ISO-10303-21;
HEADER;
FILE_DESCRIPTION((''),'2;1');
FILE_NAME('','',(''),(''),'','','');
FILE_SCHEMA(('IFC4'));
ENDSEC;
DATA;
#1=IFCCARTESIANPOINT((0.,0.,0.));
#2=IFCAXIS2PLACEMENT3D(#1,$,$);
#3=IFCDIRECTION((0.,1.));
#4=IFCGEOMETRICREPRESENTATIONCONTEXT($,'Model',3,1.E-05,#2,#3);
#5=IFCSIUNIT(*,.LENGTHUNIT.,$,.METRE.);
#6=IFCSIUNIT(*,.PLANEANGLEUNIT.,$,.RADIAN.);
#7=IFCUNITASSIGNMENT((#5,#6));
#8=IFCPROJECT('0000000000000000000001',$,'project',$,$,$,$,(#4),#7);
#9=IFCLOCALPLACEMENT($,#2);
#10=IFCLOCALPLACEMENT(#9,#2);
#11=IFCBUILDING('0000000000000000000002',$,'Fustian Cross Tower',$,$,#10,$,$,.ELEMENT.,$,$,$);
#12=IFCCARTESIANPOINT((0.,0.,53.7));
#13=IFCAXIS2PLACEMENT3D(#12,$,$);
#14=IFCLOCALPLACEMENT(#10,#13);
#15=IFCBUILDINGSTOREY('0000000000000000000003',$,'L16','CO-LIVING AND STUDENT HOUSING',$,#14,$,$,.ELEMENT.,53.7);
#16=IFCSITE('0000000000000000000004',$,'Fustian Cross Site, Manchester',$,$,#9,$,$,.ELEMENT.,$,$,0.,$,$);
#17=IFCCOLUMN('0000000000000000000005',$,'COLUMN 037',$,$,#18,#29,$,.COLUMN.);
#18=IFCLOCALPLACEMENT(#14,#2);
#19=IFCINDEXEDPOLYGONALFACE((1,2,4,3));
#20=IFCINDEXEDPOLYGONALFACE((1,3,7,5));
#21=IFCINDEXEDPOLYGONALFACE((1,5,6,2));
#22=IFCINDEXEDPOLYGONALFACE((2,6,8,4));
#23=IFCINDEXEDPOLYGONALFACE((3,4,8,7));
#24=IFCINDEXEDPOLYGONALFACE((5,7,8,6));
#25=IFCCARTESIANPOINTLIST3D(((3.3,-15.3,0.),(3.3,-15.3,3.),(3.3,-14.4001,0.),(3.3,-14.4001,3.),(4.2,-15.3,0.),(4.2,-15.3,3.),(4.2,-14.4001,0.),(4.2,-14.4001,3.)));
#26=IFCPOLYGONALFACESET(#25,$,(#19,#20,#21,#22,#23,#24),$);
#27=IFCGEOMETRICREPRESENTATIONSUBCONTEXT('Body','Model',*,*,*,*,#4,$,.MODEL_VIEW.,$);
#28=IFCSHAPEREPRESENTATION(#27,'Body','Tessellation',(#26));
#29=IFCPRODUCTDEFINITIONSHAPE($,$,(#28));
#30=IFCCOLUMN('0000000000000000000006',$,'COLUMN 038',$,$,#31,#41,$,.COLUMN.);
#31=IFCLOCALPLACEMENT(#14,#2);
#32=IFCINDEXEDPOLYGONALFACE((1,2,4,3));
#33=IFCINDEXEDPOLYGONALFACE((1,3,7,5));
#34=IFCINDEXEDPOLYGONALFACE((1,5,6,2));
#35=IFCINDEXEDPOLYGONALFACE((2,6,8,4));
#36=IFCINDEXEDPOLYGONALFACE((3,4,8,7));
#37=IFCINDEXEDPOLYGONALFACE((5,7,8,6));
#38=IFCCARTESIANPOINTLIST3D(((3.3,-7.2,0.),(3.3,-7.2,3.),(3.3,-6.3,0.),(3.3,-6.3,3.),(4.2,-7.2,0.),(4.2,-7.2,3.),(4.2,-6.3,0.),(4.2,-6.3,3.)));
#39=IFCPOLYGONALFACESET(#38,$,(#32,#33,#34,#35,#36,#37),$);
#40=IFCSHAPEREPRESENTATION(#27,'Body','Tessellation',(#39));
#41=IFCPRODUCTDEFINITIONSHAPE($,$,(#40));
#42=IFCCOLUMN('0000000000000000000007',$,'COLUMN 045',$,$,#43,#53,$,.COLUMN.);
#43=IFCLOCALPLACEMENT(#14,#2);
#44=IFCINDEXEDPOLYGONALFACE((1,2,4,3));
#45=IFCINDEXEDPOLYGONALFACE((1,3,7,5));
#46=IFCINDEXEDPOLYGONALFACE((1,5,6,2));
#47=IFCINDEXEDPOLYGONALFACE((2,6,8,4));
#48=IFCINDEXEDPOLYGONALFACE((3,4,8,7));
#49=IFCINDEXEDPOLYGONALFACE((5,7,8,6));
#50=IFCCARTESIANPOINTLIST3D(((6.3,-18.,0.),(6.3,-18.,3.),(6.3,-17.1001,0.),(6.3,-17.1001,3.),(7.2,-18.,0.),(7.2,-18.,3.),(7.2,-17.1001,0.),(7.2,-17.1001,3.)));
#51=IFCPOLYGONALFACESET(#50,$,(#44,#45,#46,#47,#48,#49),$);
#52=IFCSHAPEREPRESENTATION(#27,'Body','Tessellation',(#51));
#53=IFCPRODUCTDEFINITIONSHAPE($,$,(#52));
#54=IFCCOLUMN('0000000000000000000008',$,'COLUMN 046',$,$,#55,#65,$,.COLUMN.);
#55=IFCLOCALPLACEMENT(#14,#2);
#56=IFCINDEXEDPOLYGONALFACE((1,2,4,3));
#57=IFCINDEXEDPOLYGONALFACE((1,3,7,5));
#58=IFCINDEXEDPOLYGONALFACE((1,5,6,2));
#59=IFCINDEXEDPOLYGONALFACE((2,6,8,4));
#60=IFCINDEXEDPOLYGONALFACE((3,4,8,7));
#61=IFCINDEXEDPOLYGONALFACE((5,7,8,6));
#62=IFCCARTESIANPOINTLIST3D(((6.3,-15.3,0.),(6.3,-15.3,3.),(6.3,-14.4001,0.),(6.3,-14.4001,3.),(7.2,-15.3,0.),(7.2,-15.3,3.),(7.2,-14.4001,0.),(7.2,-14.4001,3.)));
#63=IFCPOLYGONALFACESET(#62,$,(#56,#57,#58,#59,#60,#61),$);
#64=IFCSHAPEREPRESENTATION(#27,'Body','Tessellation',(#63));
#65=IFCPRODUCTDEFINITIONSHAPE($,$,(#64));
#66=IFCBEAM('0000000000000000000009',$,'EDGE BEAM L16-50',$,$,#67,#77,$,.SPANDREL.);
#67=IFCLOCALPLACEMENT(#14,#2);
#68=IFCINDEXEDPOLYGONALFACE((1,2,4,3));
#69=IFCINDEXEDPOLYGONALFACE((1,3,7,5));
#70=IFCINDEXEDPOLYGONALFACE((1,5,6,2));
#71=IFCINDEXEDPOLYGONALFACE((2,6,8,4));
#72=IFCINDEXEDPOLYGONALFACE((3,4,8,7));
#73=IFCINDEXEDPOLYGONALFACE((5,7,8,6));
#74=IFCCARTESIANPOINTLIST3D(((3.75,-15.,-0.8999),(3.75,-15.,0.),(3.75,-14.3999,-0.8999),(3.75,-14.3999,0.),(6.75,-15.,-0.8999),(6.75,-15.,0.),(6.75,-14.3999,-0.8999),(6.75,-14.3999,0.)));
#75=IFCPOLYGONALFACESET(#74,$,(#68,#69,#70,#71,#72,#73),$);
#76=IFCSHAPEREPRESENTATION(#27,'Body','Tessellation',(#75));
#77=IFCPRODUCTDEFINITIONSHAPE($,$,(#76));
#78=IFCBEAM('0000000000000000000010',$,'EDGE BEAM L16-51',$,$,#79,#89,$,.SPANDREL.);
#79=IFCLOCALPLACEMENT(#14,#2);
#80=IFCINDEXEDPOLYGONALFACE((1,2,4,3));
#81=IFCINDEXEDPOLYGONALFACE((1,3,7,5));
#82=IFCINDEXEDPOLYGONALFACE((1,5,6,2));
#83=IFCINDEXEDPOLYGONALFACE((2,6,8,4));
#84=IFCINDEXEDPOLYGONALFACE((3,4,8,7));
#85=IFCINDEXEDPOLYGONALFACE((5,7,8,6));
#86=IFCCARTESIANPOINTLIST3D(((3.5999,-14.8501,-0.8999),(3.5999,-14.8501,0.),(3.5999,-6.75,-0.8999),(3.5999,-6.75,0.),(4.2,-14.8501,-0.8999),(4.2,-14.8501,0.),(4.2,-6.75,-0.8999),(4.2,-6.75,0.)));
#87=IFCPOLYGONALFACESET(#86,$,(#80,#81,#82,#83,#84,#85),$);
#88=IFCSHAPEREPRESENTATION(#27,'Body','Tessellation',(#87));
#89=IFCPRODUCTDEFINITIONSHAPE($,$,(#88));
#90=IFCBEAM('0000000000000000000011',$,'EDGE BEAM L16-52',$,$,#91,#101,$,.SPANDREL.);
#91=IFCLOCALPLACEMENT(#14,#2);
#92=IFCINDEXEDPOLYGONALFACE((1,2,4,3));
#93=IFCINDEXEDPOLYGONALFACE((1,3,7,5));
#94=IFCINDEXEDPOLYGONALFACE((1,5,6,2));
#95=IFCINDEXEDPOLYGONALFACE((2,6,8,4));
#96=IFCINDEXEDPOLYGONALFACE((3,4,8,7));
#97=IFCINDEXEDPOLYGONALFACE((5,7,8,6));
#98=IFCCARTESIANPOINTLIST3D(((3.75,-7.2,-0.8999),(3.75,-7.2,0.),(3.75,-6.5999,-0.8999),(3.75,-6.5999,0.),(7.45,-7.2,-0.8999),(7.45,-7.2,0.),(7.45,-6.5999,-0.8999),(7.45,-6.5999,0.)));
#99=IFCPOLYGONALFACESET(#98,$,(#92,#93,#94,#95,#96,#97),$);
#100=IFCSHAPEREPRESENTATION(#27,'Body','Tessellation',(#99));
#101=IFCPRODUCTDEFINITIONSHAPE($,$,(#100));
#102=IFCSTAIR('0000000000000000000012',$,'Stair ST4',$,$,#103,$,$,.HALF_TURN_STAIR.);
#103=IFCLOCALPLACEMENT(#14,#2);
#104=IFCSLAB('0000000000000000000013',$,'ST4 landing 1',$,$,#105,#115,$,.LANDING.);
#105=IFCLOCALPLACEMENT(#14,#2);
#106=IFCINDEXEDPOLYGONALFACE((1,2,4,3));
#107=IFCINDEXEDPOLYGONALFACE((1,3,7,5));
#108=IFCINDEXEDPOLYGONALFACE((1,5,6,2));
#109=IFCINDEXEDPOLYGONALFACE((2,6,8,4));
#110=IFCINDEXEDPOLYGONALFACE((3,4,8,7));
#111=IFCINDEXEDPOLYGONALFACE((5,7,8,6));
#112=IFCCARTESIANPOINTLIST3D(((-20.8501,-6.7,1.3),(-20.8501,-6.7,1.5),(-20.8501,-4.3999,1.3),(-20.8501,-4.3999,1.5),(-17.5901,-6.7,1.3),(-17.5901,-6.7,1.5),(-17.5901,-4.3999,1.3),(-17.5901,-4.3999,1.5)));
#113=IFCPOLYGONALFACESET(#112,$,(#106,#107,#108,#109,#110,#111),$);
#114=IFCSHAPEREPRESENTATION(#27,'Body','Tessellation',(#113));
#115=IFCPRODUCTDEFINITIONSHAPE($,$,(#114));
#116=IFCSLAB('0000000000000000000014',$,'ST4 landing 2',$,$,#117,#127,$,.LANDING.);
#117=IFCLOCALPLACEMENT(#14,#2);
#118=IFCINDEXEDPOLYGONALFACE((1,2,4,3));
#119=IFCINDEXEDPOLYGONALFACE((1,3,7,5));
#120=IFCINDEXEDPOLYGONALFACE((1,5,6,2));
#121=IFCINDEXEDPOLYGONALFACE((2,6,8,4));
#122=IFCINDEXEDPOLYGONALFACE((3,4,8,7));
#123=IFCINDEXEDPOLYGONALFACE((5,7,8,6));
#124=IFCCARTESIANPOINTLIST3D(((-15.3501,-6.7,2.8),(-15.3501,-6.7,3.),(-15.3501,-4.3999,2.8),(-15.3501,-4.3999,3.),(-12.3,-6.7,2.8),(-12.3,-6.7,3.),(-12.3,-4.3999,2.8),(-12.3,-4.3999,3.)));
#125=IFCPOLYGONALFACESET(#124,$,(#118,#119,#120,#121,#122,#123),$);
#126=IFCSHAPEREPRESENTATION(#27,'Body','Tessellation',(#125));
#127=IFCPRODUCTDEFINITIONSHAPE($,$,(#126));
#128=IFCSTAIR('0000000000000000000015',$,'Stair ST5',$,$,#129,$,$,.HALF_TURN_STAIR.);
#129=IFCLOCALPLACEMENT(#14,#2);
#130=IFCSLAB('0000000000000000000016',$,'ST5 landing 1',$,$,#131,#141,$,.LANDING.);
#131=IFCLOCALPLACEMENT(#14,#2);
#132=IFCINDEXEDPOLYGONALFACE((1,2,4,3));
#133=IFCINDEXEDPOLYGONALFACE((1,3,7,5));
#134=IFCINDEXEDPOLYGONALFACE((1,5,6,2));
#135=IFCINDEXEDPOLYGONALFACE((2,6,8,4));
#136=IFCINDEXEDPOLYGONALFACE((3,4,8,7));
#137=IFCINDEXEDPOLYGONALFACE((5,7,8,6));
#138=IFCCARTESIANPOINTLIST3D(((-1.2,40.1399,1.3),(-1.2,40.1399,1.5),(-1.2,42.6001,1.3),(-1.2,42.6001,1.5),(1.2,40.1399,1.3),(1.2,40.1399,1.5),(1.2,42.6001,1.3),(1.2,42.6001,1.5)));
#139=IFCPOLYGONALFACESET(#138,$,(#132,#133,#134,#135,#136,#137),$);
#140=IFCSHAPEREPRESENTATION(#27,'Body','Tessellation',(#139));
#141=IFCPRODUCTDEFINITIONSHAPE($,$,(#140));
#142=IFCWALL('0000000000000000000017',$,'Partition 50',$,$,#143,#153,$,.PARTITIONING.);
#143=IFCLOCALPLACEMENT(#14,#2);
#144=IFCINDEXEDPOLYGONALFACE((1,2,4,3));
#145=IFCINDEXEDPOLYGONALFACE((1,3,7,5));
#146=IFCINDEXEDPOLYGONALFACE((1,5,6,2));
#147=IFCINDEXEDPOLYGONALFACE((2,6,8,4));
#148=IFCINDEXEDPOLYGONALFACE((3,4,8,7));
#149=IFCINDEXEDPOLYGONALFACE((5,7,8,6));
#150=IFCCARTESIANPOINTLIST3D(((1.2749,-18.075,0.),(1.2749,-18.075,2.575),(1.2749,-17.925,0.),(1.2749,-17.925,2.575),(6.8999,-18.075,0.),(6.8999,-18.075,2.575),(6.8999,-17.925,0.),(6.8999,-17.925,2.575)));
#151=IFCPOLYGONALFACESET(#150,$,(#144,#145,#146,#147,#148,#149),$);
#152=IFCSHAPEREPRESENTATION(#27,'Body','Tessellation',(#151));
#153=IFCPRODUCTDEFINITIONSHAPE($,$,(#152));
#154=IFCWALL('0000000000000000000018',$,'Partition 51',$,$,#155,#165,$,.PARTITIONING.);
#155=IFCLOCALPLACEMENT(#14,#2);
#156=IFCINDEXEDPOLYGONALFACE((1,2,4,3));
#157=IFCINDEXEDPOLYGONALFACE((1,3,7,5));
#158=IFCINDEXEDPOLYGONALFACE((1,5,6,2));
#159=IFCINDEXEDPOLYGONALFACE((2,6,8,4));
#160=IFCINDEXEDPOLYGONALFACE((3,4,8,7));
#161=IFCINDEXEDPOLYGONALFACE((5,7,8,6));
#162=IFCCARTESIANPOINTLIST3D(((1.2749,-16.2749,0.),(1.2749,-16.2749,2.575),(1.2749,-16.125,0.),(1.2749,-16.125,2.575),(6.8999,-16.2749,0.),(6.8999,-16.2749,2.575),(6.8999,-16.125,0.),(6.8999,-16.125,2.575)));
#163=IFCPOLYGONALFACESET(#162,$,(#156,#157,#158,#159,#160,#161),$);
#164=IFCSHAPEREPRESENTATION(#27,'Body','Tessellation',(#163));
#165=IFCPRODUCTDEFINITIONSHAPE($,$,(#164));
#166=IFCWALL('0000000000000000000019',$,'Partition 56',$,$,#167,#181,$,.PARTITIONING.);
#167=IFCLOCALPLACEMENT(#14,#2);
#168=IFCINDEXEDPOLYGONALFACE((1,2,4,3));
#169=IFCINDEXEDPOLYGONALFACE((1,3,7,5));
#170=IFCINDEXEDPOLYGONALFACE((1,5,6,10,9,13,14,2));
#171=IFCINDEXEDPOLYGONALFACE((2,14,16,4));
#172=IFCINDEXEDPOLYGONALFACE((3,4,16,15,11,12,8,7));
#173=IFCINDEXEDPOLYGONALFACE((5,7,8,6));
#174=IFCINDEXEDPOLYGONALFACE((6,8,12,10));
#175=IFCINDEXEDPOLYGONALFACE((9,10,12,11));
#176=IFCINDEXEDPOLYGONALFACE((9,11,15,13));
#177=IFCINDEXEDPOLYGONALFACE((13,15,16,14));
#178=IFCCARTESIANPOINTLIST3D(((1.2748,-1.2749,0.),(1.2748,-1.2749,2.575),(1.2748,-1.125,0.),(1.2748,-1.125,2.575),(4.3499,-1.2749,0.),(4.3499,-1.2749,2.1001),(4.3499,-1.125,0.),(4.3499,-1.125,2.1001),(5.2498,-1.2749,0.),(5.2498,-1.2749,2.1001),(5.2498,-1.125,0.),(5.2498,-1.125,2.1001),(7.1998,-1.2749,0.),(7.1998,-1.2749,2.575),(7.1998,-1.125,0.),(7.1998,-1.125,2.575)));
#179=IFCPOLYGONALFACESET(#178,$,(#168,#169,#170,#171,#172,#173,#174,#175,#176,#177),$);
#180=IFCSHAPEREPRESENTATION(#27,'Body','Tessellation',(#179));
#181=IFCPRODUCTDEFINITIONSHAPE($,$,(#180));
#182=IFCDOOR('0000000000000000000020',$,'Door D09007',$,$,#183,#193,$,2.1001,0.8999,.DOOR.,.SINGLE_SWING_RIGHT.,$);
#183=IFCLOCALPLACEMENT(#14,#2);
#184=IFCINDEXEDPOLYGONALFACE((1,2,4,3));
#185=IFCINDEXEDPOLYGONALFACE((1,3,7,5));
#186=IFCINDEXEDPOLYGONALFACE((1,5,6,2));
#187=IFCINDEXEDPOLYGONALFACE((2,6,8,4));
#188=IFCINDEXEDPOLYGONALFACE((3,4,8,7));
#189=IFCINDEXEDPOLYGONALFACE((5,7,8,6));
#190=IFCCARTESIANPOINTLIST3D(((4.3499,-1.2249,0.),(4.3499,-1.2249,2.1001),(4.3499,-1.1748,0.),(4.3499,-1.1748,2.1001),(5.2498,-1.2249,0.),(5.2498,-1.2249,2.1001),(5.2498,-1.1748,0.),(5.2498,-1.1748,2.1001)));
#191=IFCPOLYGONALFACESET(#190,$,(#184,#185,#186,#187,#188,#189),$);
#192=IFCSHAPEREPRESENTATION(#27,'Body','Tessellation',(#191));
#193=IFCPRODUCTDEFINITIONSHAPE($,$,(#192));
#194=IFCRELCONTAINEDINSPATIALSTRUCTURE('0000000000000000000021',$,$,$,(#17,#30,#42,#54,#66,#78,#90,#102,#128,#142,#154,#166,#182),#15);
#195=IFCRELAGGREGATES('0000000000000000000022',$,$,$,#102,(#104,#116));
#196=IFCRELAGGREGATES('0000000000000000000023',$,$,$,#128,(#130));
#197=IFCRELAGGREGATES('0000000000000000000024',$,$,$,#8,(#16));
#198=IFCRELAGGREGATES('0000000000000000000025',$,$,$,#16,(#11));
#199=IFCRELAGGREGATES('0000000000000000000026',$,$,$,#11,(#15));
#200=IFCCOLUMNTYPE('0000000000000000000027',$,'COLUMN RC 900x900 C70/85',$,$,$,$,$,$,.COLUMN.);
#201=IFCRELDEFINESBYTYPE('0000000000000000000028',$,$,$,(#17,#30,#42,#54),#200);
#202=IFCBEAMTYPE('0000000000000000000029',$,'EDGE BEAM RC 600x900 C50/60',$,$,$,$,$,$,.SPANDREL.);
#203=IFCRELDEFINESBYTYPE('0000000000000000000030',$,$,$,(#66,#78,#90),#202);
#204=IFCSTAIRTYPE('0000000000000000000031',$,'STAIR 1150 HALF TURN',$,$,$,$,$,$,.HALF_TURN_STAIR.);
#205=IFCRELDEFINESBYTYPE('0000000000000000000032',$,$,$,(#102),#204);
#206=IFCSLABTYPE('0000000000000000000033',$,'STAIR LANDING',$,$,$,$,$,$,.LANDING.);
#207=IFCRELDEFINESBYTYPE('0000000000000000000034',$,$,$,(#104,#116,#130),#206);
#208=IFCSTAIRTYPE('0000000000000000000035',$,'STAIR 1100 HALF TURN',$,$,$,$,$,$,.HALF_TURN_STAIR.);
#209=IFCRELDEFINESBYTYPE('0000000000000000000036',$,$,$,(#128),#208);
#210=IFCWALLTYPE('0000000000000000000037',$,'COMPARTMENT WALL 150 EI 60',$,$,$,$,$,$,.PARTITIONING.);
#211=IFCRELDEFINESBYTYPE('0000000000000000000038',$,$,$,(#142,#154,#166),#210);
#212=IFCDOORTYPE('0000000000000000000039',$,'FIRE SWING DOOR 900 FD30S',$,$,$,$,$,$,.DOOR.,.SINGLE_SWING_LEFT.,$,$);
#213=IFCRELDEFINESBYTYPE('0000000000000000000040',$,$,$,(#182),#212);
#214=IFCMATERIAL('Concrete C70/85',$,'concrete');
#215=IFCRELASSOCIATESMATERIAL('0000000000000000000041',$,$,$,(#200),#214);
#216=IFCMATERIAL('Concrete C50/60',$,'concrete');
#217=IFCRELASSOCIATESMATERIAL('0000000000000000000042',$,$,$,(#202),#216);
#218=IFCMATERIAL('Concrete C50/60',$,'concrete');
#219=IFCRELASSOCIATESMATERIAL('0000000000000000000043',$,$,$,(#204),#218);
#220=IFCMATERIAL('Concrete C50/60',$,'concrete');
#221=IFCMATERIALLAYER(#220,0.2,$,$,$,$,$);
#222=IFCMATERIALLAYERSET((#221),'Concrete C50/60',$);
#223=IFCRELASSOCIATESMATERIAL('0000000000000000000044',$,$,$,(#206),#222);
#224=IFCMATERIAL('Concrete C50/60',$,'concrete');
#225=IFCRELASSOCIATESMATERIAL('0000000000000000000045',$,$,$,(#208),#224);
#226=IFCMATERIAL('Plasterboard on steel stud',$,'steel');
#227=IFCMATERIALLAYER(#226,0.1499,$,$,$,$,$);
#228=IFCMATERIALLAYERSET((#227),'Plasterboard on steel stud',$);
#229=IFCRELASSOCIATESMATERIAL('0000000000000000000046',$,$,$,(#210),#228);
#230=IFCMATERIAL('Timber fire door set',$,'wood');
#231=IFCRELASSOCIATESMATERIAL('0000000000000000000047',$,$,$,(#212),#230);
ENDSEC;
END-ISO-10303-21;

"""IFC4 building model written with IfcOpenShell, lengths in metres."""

from ifc_helpers import new_model, si_unit, direction, frame, frame_2d, origin, origin_2d, place, context, subcontext, project, spatial, polyline, rectangle, outline, extrude, material, layer, layer_set, material_profile, profile_set, type_object, element, fill, aggregate, save


model = new_model("IFC4")

# Units and contexts
model_context = context("Model", 3, precision=1e-05, world=origin(), true_north=direction((0.0, 1.0)))
body_context = subcontext(model_context, "Body", "Model", "MODEL_VIEW")
ifc_project = project(units=[si_unit("LENGTHUNIT", "METRE"), si_unit("PLANEANGLEUNIT", "RADIAN")], contexts=[model_context])

# Site, building, storey
site_placement = place(None, origin())
site = spatial("IfcSite", under=ifc_project, at=site_placement, Name="Fustian Cross Site, Manchester", CompositionType="ELEMENT", RefElevation=0.0)
building_placement = place(site_placement, origin())
building = spatial("IfcBuilding", under=site, at=building_placement, Name="Fustian Cross Tower", CompositionType="ELEMENT")
storey_placement = place(building_placement, frame((0.0, 0.0, 53.7)))
storey = spatial("IfcBuildingStorey", under=building, at=storey_placement, Name="L16", Description="CO-LIVING AND STUDENT HOUSING", CompositionType="ELEMENT", Elevation=53.7)

# Columns
ifc_material_1 = material(Name="Concrete C70/85", Category="concrete")
ifc_material_profile_1 = material_profile(ifc_material_1, rectangle(XDim=0.8999, YDim=0.8999, at=origin_2d()), Name="RC 900x900")
ifc_profile_set_1 = profile_set([ifc_material_profile_1], Name="Concrete C70/85")
column_type = type_object("IfcColumnType", Name="COLUMN RC 900x900 C70/85", PredefinedType="COLUMN", material=ifc_profile_set_1)
for number, where, z_axis, x_axis, name in (
    (1, (3.75, -14.8501, 0.0), (0.0, 0.0, 1.0), (1.0, 0.0, 0.0), "COLUMN 037"),
    (2, (3.75, -6.75, 0.0), (0.0, 0.0, 1.0), (1.0, 0.0, 0.0), "COLUMN 038"),
    (3, (6.75, -17.55, 0.0), (0.0, 0.0, 1.0), (1.0, 0.0, 0.0), "COLUMN 045"),
    (4, (6.75, -14.8501, 0.0), (0.0, 0.0, 1.0), (1.0, 0.0, 0.0), "COLUMN 046"),
):
    element("IfcColumn", number, at=place(storey_placement, frame(where, z_axis=z_axis, x_axis=x_axis)), inside=storey, type_object=column_type, Name=name, PredefinedType="COLUMN", context=body_context, shape_type="SweptSolid", body=[
        extrude(rectangle(XDim=0.8999, YDim=0.8999, at=origin_2d()), origin(), (0.0, 0.0, 1.0), 3.0),
    ])

# Beams
ifc_material_2 = material(Name="Concrete C50/60", Category="concrete")
ifc_material_profile_2 = material_profile(ifc_material_2, rectangle(XDim=0.6001, YDim=0.8999, at=origin_2d()), Name="RC 600x900")
ifc_profile_set_2 = profile_set([ifc_material_profile_2], Name="Concrete C50/60")
beam_type = type_object("IfcBeamType", Name="EDGE BEAM RC 600x900 C50/60", PredefinedType="SPANDREL", material=ifc_profile_set_2)
beam_1_placement = place(storey_placement, frame((6.75, -14.7, -0.45), z_axis=(-1.0, 0.0, 0.0), x_axis=(0.0, -1.0, 0.0)))
element("IfcBeam", 5, at=beam_1_placement, inside=storey, type_object=beam_type, Name="EDGE BEAM L16-50", PredefinedType="SPANDREL", context=body_context, shape_type="SweptSolid", body=[
    extrude(rectangle(XDim=0.6001, YDim=0.8999, at=origin_2d()), origin(), (0.0, 0.0, 1.0), 3.0),
])
beam_2_placement = place(storey_placement, frame((3.8999, -14.8501, -0.45), z_axis=(0.0, 1.0, 0.0), x_axis=(-1.0, 0.0, 0.0)))
element("IfcBeam", 6, at=beam_2_placement, inside=storey, type_object=beam_type, Name="EDGE BEAM L16-51", PredefinedType="SPANDREL", context=body_context, shape_type="SweptSolid", body=[
    extrude(rectangle(XDim=0.6001, YDim=0.8999, at=origin_2d()), origin(), (0.0, 0.0, 1.0), 8.1001),
])
beam_3_placement = place(storey_placement, frame((3.75, -6.8999, -0.45), z_axis=(1.0, 0.0, 0.0), x_axis=(0.0, 1.0, 0.0)))
element("IfcBeam", 7, at=beam_3_placement, inside=storey, type_object=beam_type, Name="EDGE BEAM L16-52", PredefinedType="SPANDREL", context=body_context, shape_type="SweptSolid", body=[
    extrude(rectangle(XDim=0.6001, YDim=0.8999, at=origin_2d()), origin(), (0.0, 0.0, 1.0), 3.7),
])

# Stair, slabs
ifc_material_3 = material(Name="Concrete C50/60", Category="concrete")
stair_type_1 = type_object("IfcStairType", Name="STAIR 1150 HALF TURN", PredefinedType="HALF_TURN_STAIR", material=ifc_material_3)
stair_1_placement = place(storey_placement, origin())
stair_1 = element("IfcStair", 8, at=stair_1_placement, inside=storey, type_object=stair_type_1, Name="Stair ST4", PredefinedType="HALF_TURN_STAIR")
ifc_material_4 = material(Name="Concrete C50/60", Category="concrete")
ifc_layer_1 = layer(ifc_material_4, 0.2)
ifc_layer_set_1 = layer_set([ifc_layer_1], Name="Concrete C50/60")
slab_type = type_object("IfcSlabType", Name="STAIR LANDING", PredefinedType="LANDING", material=ifc_layer_set_1)
slab_1_placement = place(storey_placement, frame((0.0, 0.0, 1.3)))
slab_1 = element("IfcSlab", 9, at=slab_1_placement, type_object=slab_type, Name="ST4 landing 1", PredefinedType="LANDING", context=body_context, shape_type="SweptSolid", body=[
    extrude(outline(polyline([(-17.5901, -4.3999), (-20.8501, -4.3999), (-20.8501, -6.7), (-17.5901, -6.7), (-17.5901, -4.3999)])), origin(), (0.0, 0.0, 1.0), 0.2),
])
slab_2_placement = place(storey_placement, frame((0.0, 0.0, 2.8)))
slab_2 = element("IfcSlab", 10, at=slab_2_placement, type_object=slab_type, Name="ST4 landing 2", PredefinedType="LANDING", context=body_context, shape_type="SweptSolid", body=[
    extrude(outline(polyline([(-12.3, -4.3999), (-15.3501, -4.3999), (-15.3501, -6.7), (-12.3, -6.7), (-12.3, -4.3999)])), origin(), (0.0, 0.0, 1.0), 0.2),
])
aggregate(stair_1, [slab_1, slab_2])

# Stair, slab
ifc_material_5 = material(Name="Concrete C50/60", Category="concrete")
stair_type_2 = type_object("IfcStairType", Name="STAIR 1100 HALF TURN", PredefinedType="HALF_TURN_STAIR", material=ifc_material_5)
stair_2_placement = place(storey_placement, origin())
stair_2 = element("IfcStair", 11, at=stair_2_placement, inside=storey, type_object=stair_type_2, Name="Stair ST5", PredefinedType="HALF_TURN_STAIR")
slab_3_placement = place(storey_placement, frame((0.0, 0.0, 1.3)))
slab_3 = element("IfcSlab", 12, at=slab_3_placement, type_object=slab_type, Name="ST5 landing 1", PredefinedType="LANDING", context=body_context, shape_type="SweptSolid", body=[
    extrude(outline(polyline([(-1.2, 40.1399), (-1.2, 42.6001), (1.2, 42.6001), (1.2, 40.1399), (-1.2, 40.1399)])), origin(), (0.0, 0.0, 1.0), 0.2),
])
aggregate(stair_2, [slab_3])

# Walls
ifc_material_6 = material(Name="Plasterboard on steel stud", Category="steel")
ifc_layer_2 = layer(ifc_material_6, 0.1499)
ifc_layer_set_2 = layer_set([ifc_layer_2], Name="Plasterboard on steel stud")
wall_type_1 = type_object("IfcWallType", Name="COMPARTMENT WALL 150 EI 60", PredefinedType="PARTITIONING", material=ifc_layer_set_2)
for number, where, z_axis, x_axis, name in (
    (13, (1.2749, -18.0, 0.0), (0.0, 0.0, 1.0), (1.0, 0.0, 0.0), "Partition 50"),
    (14, (1.2749, -16.2, 0.0), (0.0, 0.0, 1.0), (1.0, 0.0, 0.0), "Partition 51"),
):
    element("IfcWall", number, at=place(storey_placement, frame(where, z_axis=z_axis, x_axis=x_axis)), inside=storey, type_object=wall_type_1, Name=name, PredefinedType="PARTITIONING", context=body_context, shape_type="SweptSolid", body=[
        extrude(rectangle(XDim=5.625, YDim=0.1499, at=frame_2d((2.8125, 0.0))), origin(), (0.0, 0.0, 1.0), 2.575),
    ])

# Wall, opening, door
wall_1_placement = place(storey_placement, frame((1.2749, -1.2, 0.0), z_axis=(0.0, 0.0, 1.0), x_axis=(1.0, 0.0, 0.0)))
wall_1 = element("IfcWall", 15, at=wall_1_placement, inside=storey, type_object=wall_type_1, Name="Partition 56", PredefinedType="PARTITIONING", context=body_context, shape_type="SweptSolid", body=[
    extrude(rectangle(XDim=5.925, YDim=0.1499, at=frame_2d((2.9624, 0.0))), origin(), (0.0, 0.0, 1.0), 2.575),
])
opening_1_placement = place(wall_1_placement, frame((3.075, 0.0, 0.0)))
opening_1 = element("IfcOpeningElement", 16, at=opening_1_placement, cuts=wall_1, PredefinedType="OPENING", context=body_context, shape_type="SweptSolid", body=[
    extrude(rectangle(XDim=0.8999, YDim=2.1001, at=frame_2d((0.45, 1.05))), frame((0.0, 0.085, 0.0), z_axis=(0.0, -1.0, 0.0), x_axis=(1.0, 0.0, 0.0)), (0.0, 0.0, 1.0), 0.1699),
])
ifc_material_7 = material(Name="Timber fire door set", Category="wood")
door_type_1 = type_object("IfcDoorType", Name="FIRE SWING DOOR 900 FD30S", OperationType="SINGLE_SWING_LEFT", PredefinedType="DOOR", material=ifc_material_7)
door_1_placement = place(opening_1_placement, frame((0.8999, 0.0, 0.0), z_axis=(0.0, 0.0, 1.0), x_axis=(-1.0, 0.0, 0.0)))
door_1 = element("IfcDoor", 17, at=door_1_placement, inside=storey, type_object=door_type_1, Name="Door D09007", OperationType="SINGLE_SWING_RIGHT", OverallHeight=2.1001, OverallWidth=0.8999, PredefinedType="DOOR", context=body_context, shape_type="SweptSolid", body=[
    extrude(rectangle(XDim=0.8999, YDim=2.1001, at=frame_2d((0.45, 1.05))), frame((0.0, 0.0249, 0.0), z_axis=(0.0, -1.0, 0.0), x_axis=(1.0, 0.0, 0.0)), (0.0, 0.0, 1.0), 0.05),
])
fill(opening_1, door_1)

save(model, "model.ifc")
